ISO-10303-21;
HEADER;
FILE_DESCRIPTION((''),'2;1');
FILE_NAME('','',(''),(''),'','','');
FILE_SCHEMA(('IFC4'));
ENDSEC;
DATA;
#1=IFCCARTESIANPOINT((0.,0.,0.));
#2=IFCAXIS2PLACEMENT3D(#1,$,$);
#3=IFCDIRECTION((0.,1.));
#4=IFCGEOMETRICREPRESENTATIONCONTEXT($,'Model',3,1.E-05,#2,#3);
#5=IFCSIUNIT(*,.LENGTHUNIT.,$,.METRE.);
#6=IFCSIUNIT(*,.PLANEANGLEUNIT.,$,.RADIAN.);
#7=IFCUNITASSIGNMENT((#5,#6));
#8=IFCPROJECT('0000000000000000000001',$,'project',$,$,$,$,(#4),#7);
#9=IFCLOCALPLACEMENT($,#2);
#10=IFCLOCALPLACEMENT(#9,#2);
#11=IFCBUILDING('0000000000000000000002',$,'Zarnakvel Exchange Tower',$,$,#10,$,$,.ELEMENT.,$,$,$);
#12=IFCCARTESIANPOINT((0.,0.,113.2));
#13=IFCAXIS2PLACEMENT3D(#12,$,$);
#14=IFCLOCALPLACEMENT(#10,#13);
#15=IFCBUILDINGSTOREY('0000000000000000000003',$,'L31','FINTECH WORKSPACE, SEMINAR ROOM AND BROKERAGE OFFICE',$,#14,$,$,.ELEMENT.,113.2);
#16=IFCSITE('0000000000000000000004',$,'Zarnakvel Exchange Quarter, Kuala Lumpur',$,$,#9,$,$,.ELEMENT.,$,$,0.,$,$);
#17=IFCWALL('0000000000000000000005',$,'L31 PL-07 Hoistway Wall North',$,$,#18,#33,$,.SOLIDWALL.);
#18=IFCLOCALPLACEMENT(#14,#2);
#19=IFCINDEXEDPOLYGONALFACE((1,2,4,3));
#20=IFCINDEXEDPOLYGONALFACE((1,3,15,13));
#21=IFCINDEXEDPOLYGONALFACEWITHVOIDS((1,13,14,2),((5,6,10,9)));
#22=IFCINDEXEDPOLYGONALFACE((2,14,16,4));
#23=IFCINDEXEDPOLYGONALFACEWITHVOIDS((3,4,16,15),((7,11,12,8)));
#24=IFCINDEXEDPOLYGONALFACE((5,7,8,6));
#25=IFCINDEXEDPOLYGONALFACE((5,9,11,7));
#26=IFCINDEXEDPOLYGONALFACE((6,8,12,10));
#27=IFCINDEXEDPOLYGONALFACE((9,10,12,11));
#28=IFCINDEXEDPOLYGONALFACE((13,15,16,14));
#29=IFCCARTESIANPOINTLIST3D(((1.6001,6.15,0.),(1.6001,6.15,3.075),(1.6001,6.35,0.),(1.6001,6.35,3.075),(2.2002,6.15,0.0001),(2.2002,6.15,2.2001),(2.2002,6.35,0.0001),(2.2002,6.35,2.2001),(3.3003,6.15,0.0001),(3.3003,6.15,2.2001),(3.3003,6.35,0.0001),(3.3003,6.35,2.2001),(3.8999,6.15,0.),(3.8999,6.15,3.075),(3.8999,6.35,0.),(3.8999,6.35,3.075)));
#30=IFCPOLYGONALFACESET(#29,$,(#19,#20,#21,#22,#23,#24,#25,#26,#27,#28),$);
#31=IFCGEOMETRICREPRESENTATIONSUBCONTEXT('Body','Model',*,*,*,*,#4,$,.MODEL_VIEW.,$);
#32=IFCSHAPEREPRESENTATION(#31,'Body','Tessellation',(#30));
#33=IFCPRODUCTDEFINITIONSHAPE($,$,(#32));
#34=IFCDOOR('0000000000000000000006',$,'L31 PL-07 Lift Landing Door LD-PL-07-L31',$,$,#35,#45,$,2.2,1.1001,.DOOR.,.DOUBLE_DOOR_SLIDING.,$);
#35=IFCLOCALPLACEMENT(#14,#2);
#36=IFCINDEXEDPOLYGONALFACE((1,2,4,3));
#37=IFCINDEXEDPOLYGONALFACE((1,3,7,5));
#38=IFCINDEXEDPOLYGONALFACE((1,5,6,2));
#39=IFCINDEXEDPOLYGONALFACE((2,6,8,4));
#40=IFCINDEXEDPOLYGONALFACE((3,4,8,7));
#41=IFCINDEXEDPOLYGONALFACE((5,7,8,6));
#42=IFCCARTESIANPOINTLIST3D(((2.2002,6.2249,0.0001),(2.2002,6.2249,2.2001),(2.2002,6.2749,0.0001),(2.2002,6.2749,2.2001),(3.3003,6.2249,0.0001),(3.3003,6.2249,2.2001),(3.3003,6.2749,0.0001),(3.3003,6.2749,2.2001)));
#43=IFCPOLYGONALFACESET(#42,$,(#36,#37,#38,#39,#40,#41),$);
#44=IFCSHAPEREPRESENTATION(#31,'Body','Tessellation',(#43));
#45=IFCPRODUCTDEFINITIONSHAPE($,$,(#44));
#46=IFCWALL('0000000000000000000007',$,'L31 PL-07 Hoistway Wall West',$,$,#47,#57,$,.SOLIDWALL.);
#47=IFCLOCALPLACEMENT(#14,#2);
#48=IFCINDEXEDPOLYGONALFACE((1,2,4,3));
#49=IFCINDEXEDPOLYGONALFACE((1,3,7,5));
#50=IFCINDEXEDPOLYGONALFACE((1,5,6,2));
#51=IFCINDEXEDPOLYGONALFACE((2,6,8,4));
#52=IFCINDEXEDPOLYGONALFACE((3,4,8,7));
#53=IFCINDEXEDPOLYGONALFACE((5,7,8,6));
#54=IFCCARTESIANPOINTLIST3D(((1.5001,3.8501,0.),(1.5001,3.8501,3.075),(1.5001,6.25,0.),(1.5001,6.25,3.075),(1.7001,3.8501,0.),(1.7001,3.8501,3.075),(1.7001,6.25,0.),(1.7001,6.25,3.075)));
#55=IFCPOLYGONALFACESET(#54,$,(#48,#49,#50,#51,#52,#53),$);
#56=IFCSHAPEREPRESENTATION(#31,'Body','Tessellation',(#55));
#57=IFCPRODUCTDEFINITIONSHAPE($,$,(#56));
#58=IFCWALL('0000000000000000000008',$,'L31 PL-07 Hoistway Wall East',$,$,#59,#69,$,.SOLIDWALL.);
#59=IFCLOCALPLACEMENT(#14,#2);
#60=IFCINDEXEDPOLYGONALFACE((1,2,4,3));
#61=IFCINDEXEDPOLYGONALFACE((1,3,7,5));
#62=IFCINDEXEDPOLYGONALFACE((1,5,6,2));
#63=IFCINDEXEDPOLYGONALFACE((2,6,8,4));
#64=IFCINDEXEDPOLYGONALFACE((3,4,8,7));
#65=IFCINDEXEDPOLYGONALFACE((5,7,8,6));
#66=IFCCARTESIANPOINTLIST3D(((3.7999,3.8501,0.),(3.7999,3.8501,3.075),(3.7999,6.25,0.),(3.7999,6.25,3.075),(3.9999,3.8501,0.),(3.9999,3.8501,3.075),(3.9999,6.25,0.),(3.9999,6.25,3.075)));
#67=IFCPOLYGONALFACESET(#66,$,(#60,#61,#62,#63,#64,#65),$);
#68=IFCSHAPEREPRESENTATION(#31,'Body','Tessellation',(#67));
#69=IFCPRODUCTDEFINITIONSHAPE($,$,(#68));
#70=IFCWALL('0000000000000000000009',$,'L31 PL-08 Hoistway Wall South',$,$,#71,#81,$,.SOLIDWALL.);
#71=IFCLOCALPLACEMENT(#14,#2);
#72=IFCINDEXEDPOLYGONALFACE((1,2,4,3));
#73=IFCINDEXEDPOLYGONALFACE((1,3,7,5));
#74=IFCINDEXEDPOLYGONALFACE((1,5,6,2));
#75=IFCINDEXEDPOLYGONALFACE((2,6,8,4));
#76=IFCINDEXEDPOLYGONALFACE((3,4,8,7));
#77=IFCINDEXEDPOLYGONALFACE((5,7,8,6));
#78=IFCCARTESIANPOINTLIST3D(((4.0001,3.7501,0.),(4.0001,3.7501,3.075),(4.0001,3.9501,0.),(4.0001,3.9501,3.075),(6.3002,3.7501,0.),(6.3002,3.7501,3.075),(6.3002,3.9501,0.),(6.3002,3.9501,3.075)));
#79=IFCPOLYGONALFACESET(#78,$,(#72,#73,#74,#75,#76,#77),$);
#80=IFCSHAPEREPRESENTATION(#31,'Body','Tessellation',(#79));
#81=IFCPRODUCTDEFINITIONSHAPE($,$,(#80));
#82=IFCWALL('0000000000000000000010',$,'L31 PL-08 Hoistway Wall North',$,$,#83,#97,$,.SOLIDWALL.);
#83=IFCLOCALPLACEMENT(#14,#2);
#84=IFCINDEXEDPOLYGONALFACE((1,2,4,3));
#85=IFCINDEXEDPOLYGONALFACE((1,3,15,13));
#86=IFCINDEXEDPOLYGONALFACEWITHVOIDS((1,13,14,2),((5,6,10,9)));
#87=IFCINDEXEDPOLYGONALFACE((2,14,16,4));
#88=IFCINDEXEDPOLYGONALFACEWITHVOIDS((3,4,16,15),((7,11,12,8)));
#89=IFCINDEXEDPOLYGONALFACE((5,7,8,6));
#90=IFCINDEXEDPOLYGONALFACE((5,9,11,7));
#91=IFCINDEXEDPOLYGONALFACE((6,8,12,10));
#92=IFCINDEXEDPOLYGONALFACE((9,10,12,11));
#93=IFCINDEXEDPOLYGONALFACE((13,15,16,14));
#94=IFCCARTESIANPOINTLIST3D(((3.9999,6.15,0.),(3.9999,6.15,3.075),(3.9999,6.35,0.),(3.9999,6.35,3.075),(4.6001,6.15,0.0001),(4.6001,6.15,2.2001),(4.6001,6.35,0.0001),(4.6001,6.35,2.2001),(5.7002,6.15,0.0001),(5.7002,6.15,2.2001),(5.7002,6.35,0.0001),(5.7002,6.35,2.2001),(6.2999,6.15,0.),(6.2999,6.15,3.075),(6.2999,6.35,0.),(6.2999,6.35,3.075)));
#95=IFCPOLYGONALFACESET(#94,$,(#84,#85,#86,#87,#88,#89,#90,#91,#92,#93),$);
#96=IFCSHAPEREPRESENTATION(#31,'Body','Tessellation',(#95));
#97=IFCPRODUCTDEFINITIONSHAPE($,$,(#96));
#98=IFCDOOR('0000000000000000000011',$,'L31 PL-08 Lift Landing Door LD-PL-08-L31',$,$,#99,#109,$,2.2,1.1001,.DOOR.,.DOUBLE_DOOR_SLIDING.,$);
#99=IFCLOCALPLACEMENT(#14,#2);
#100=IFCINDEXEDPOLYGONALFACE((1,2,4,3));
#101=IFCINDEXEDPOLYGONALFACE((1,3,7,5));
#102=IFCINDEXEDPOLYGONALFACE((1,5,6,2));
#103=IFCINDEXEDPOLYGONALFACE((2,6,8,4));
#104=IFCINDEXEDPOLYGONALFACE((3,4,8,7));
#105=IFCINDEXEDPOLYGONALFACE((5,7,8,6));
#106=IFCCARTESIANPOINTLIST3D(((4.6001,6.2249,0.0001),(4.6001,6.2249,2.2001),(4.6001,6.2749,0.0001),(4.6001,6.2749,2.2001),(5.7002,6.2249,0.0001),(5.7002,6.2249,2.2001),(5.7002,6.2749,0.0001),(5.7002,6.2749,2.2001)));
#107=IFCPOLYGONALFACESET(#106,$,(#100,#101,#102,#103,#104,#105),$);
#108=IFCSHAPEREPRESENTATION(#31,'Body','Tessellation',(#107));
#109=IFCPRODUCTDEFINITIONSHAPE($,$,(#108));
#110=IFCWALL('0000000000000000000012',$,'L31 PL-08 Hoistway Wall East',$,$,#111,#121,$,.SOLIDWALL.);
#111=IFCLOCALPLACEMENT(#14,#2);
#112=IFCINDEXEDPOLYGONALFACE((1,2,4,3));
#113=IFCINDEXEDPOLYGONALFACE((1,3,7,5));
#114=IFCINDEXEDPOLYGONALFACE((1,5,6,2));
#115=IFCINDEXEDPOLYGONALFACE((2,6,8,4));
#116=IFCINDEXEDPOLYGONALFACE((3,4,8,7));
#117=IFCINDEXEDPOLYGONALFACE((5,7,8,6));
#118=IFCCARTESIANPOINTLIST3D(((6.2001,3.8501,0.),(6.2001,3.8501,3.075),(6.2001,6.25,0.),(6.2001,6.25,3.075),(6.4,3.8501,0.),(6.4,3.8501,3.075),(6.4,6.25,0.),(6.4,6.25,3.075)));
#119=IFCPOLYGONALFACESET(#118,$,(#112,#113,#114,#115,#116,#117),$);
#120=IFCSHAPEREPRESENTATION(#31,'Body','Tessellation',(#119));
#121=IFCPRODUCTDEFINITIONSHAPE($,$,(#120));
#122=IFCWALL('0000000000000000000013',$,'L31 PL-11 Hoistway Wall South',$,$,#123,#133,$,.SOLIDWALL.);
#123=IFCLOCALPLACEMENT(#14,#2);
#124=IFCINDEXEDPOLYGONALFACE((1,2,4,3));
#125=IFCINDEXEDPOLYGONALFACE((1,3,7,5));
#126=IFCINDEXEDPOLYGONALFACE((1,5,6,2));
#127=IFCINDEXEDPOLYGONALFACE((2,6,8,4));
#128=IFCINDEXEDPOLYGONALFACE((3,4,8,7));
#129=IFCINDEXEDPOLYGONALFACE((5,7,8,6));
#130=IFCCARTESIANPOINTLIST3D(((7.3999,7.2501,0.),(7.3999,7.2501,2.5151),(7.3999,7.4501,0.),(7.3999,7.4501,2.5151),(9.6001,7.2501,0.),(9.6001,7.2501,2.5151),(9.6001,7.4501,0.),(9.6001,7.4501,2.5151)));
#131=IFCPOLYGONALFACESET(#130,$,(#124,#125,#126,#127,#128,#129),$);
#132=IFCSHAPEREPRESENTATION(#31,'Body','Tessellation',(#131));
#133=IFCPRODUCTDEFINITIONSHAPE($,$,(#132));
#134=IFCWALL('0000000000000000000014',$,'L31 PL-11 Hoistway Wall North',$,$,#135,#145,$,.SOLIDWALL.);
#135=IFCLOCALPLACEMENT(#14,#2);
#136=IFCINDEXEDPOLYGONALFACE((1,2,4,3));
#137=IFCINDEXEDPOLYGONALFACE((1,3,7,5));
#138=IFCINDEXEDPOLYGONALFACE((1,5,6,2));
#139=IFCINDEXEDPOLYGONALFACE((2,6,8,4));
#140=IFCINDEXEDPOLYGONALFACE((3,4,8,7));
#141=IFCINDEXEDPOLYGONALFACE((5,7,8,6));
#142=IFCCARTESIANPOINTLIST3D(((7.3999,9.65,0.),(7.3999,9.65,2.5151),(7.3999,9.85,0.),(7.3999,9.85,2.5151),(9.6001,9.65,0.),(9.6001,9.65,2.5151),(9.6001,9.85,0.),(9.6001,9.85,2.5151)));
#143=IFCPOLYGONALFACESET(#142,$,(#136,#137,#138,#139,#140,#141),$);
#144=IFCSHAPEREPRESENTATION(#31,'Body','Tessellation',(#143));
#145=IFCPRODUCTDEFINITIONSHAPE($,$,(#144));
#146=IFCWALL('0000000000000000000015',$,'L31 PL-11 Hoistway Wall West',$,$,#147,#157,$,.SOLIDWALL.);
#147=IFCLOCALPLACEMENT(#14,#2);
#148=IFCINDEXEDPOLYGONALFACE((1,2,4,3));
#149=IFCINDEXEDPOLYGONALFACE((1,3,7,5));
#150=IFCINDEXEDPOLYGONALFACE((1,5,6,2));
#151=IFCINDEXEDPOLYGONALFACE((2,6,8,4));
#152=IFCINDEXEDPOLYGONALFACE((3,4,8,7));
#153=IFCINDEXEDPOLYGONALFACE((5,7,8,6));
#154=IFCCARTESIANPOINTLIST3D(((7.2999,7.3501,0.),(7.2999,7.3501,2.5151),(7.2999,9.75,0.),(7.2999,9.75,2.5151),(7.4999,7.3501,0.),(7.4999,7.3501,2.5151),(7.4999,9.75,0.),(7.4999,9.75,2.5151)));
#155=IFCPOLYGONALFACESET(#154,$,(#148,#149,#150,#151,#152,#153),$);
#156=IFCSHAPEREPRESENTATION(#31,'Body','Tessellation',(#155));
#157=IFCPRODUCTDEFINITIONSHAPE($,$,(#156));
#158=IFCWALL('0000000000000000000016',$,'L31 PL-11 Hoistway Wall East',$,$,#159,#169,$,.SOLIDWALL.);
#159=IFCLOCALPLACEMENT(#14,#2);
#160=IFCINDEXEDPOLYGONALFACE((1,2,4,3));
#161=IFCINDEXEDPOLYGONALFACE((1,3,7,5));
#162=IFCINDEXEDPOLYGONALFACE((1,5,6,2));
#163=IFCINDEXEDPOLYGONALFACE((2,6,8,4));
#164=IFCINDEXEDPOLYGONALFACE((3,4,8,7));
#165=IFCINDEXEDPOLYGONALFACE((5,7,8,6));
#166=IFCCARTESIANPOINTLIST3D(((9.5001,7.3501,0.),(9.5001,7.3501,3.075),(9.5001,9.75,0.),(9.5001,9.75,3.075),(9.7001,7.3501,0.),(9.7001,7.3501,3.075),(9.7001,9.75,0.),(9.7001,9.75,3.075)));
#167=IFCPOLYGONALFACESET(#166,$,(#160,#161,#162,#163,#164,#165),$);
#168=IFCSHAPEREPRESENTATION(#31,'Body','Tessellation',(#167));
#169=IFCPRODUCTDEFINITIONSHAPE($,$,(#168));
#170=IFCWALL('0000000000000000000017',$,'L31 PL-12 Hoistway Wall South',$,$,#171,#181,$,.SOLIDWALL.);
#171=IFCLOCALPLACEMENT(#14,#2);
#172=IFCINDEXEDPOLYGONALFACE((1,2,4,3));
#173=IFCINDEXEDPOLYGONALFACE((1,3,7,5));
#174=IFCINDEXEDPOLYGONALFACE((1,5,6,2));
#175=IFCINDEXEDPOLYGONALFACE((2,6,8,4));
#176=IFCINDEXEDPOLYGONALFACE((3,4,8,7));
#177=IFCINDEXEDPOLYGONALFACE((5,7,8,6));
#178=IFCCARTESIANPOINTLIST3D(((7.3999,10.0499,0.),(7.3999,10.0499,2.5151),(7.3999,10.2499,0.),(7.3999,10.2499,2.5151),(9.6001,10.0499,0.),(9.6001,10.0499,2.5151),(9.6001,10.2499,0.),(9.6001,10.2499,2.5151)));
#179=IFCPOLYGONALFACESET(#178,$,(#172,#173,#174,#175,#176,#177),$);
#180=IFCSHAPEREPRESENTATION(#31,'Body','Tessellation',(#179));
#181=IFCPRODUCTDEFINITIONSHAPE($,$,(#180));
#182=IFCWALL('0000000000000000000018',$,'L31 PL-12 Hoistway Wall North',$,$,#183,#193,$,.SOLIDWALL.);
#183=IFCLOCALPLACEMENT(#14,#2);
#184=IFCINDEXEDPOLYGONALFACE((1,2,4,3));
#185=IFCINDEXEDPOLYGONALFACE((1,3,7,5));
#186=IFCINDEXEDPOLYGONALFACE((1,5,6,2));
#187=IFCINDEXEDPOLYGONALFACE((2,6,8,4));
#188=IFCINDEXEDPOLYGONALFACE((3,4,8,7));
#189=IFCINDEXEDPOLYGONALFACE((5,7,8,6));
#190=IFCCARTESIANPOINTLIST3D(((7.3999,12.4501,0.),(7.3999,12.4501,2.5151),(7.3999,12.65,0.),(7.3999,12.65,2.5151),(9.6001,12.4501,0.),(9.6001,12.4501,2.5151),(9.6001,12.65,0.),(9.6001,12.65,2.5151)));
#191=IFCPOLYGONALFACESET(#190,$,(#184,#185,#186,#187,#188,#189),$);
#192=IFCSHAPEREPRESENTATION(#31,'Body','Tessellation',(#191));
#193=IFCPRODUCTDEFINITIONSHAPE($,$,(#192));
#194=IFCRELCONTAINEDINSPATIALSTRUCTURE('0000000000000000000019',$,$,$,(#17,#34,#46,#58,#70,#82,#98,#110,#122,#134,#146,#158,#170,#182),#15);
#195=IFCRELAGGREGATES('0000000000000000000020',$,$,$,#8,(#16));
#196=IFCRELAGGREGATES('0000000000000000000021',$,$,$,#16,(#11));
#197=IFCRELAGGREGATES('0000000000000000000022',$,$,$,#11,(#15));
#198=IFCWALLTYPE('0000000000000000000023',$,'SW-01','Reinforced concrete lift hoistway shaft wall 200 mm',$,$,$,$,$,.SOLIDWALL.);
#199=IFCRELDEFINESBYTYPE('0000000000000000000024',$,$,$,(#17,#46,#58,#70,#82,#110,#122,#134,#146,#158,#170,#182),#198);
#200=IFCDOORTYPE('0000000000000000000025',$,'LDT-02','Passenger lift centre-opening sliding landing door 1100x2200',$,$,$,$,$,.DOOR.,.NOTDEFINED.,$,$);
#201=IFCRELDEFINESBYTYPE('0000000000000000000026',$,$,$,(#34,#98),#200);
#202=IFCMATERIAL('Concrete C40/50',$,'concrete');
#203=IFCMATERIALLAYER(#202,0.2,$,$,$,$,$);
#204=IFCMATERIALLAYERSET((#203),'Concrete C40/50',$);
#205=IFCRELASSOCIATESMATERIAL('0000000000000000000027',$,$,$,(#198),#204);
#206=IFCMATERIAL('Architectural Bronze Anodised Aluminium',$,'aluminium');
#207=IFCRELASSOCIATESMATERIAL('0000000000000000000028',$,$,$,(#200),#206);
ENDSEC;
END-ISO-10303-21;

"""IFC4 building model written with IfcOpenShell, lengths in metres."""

from ifc_helpers import new_model, si_unit, direction, frame, frame_2d, origin, place, context, subcontext, project, spatial, rectangle, extrude, source, transform, mapped, material, layer, layer_set, type_object, element, fill, save


model = new_model("IFC4")

# Units and contexts
model_context = context("Model", 3, precision=1e-05, world=origin(), true_north=direction((0.0, 1.0)))
body_context = subcontext(model_context, "Body", "Model", "MODEL_VIEW")
ifc_project = project(units=[si_unit("LENGTHUNIT", "METRE"), si_unit("PLANEANGLEUNIT", "RADIAN")], contexts=[model_context])

# Site, building, storey
site_placement = place(None, origin())
site = spatial("IfcSite", under=ifc_project, at=site_placement, Name="Zarnakvel Exchange Quarter, Kuala Lumpur", CompositionType="ELEMENT", RefElevation=0.0)
building_placement = place(site_placement, origin())
building = spatial("IfcBuilding", under=site, at=building_placement, Name="Zarnakvel Exchange Tower", CompositionType="ELEMENT")
storey_placement = place(building_placement, frame((0.0, 0.0, 113.2)))
storey = spatial("IfcBuildingStorey", under=building, at=storey_placement, Name="L31", Description="FINTECH WORKSPACE, SEMINAR ROOM AND BROKERAGE OFFICE", CompositionType="ELEMENT", Elevation=113.2)

# Shared definitions
ifc_material_1 = material(Name="Concrete C40/50", Category="concrete")
ifc_layer_1 = layer(ifc_material_1, 0.2)
ifc_layer_set_1 = layer_set([ifc_layer_1], Name="Concrete C40/50")
wall_type_1 = type_object("IfcWallType", Name="SW-01", Description="Reinforced concrete lift hoistway shaft wall 200 mm", PredefinedType="SOLIDWALL", material=ifc_layer_set_1)

# Wall, opening, door
wall_1_placement = place(storey_placement, frame((1.6001, 6.25, 0.0), z_axis=(0.0, 0.0, 1.0), x_axis=(1.0, 0.0, 0.0)))
wall_1 = element("IfcWall", 1, at=wall_1_placement, inside=storey, type_object=wall_type_1, Name="L31 PL-07 Hoistway Wall North", PredefinedType="SOLIDWALL", context=body_context, shape_type="SweptSolid", body=[
    extrude(rectangle(XDim=2.2998, YDim=0.2, at=frame_2d((1.1499, 0.0))), origin(), (0.0, 0.0, 1.0), 3.075),
])
opening_1_placement = place(wall_1_placement, frame((0.6001, 0.0, 0.0)))
opening_1 = element("IfcOpeningElement", 2, at=opening_1_placement, cuts=wall_1, PredefinedType="OPENING", context=body_context, shape_type="SweptSolid", body=[
    extrude(rectangle(XDim=1.1001, YDim=2.2, at=frame_2d((0.55, 1.1001))), frame((0.0, 0.1099, 0.0), z_axis=(0.0, -1.0, 0.0), x_axis=(1.0, 0.0, 0.0)), (0.0, 0.0, 1.0), 0.22),
])
ifc_material_2 = material(Name="Architectural Bronze Anodised Aluminium", Category="aluminium")
door_type_1 = type_object("IfcDoorType", Name="LDT-02", Description="Passenger lift centre-opening sliding landing door 1100x2200", OperationType="NOTDEFINED", PredefinedType="DOOR", material=ifc_material_2)
shared_shape_1 = source(origin(), body_context, "Body", "SweptSolid", [
    extrude(rectangle(XDim=1.1001, YDim=2.2, at=frame_2d((0.55, 1.1001))), frame((0.0, 0.0249, 0.0), z_axis=(0.0, -1.0, 0.0), x_axis=(1.0, 0.0, 0.0)), (0.0, 0.0, 1.0), 0.05),
])
door_1_placement = place(opening_1_placement, origin())
door_1 = element("IfcDoor", 3, at=door_1_placement, inside=storey, type_object=door_type_1, Name="L31 PL-07 Lift Landing Door LD-PL-07-L31", OperationType="DOUBLE_DOOR_SLIDING", OverallHeight=2.2, OverallWidth=1.1001, PredefinedType="DOOR", context=body_context, shape_type="MappedRepresentation", body=[
    mapped(shared_shape_1, transform((0.0, 0.0, 0.0), x_axis=(1.0, 0.0, 0.0), y_axis=(0.0, 1.0, 0.0), z_axis=(0.0, 0.0, 1.0), scale=1.0)),
])
fill(opening_1, door_1)

# Walls
for number, where, z_axis, x_axis, name in (
    (4, (1.6001, 3.8501, 0.0), (0.0, 0.0, 1.0), (0.0, 1.0, 0.0), "L31 PL-07 Hoistway Wall West"),
    (5, (3.8999, 6.25, 0.0), (0.0, 0.0, 1.0), (0.0, -1.0, 0.0), "L31 PL-07 Hoistway Wall East"),
):
    element("IfcWall", number, at=place(storey_placement, frame(where, z_axis=z_axis, x_axis=x_axis)), inside=storey, type_object=wall_type_1, Name=name, PredefinedType="SOLIDWALL", context=body_context, shape_type="SweptSolid", body=[
        extrude(rectangle(XDim=2.3999, YDim=0.2, at=frame_2d((1.2, 0.0))), origin(), (0.0, 0.0, 1.0), 3.075),
    ])
wall_2_placement = place(storey_placement, frame((6.3, 3.8501, 0.0), z_axis=(0.0, 0.0, 1.0), x_axis=(-1.0, 0.0, 0.0)))
element("IfcWall", 6, at=wall_2_placement, inside=storey, type_object=wall_type_1, Name="L31 PL-08 Hoistway Wall South", PredefinedType="SOLIDWALL", context=body_context, shape_type="SweptSolid", body=[
    extrude(rectangle(XDim=2.3, YDim=0.2, at=frame_2d((1.1499, 0.0))), origin(), (0.0, 0.0, 1.0), 3.075),
])

# Wall, opening, door
wall_3_placement = place(storey_placement, frame((4.0, 6.25, 0.0), z_axis=(0.0, 0.0, 1.0), x_axis=(1.0, 0.0, 0.0)))
wall_3 = element("IfcWall", 7, at=wall_3_placement, inside=storey, type_object=wall_type_1, Name="L31 PL-08 Hoistway Wall North", PredefinedType="SOLIDWALL", context=body_context, shape_type="SweptSolid", body=[
    extrude(rectangle(XDim=2.3, YDim=0.2, at=frame_2d((1.1499, 0.0))), origin(), (0.0, 0.0, 1.0), 3.075),
])
opening_2_placement = place(wall_3_placement, frame((0.6001, 0.0, 0.0)))
opening_2 = element("IfcOpeningElement", 8, at=opening_2_placement, cuts=wall_3, PredefinedType="OPENING", context=body_context, shape_type="SweptSolid", body=[
    extrude(rectangle(XDim=1.1001, YDim=2.2, at=frame_2d((0.55, 1.1001))), frame((0.0, 0.1099, 0.0), z_axis=(0.0, -1.0, 0.0), x_axis=(1.0, 0.0, 0.0)), (0.0, 0.0, 1.0), 0.22),
])
door_2_placement = place(opening_2_placement, origin())
door_2 = element("IfcDoor", 9, at=door_2_placement, inside=storey, type_object=door_type_1, Name="L31 PL-08 Lift Landing Door LD-PL-08-L31", OperationType="DOUBLE_DOOR_SLIDING", OverallHeight=2.2, OverallWidth=1.1001, PredefinedType="DOOR", context=body_context, shape_type="MappedRepresentation", body=[
    mapped(shared_shape_1, transform((0.0, 0.0, 0.0), x_axis=(1.0, 0.0, 0.0), y_axis=(0.0, 1.0, 0.0), z_axis=(0.0, 0.0, 1.0), scale=1.0)),
])
fill(opening_2, door_2)

# Walls
wall_4_placement = place(storey_placement, frame((6.3, 6.25, 0.0), z_axis=(0.0, 0.0, 1.0), x_axis=(0.0, -1.0, 0.0)))
element("IfcWall", 10, at=wall_4_placement, inside=storey, type_object=wall_type_1, Name="L31 PL-08 Hoistway Wall East", PredefinedType="SOLIDWALL", context=body_context, shape_type="SweptSolid", body=[
    extrude(rectangle(XDim=2.3999, YDim=0.2, at=frame_2d((1.2, 0.0))), origin(), (0.0, 0.0, 1.0), 3.075),
])
for number, where, z_axis, x_axis, name in (
    (11, (9.6001, 7.3501, 0.0), (0.0, 0.0, 1.0), (-1.0, 0.0, 0.0), "L31 PL-11 Hoistway Wall South"),
    (12, (7.3999, 9.75, 0.0), (0.0, 0.0, 1.0), (1.0, 0.0, 0.0), "L31 PL-11 Hoistway Wall North"),
):
    element("IfcWall", number, at=place(storey_placement, frame(where, z_axis=z_axis, x_axis=x_axis)), inside=storey, type_object=wall_type_1, Name=name, PredefinedType="SOLIDWALL", context=body_context, shape_type="SweptSolid", body=[
        extrude(rectangle(XDim=2.2002, YDim=0.2, at=frame_2d((1.1001, 0.0))), origin(), (0.0, 0.0, 1.0), 2.5151),
    ])
wall_5_placement = place(storey_placement, frame((7.3999, 7.3501, 0.0), z_axis=(0.0, 0.0, 1.0), x_axis=(0.0, 1.0, 0.0)))
element("IfcWall", 13, at=wall_5_placement, inside=storey, type_object=wall_type_1, Name="L31 PL-11 Hoistway Wall West", PredefinedType="SOLIDWALL", context=body_context, shape_type="SweptSolid", body=[
    extrude(rectangle(XDim=2.3999, YDim=0.2, at=frame_2d((1.2, 0.0))), origin(), (0.0, 0.0, 1.0), 2.5151),
])
wall_6_placement = place(storey_placement, frame((9.6001, 9.75, 0.0), z_axis=(0.0, 0.0, 1.0), x_axis=(0.0, -1.0, 0.0)))
element("IfcWall", 14, at=wall_6_placement, inside=storey, type_object=wall_type_1, Name="L31 PL-11 Hoistway Wall East", PredefinedType="SOLIDWALL", context=body_context, shape_type="SweptSolid", body=[
    extrude(rectangle(XDim=2.3999, YDim=0.2, at=frame_2d((1.2, 0.0))), origin(), (0.0, 0.0, 1.0), 3.075),
])
for number, where, z_axis, x_axis, name in (
    (15, (9.6001, 10.1499, 0.0), (0.0, 0.0, 1.0), (-1.0, 0.0, 0.0), "L31 PL-12 Hoistway Wall South"),
    (16, (7.3999, 12.55, 0.0), (0.0, 0.0, 1.0), (1.0, 0.0, 0.0), "L31 PL-12 Hoistway Wall North"),
):
    element("IfcWall", number, at=place(storey_placement, frame(where, z_axis=z_axis, x_axis=x_axis)), inside=storey, type_object=wall_type_1, Name=name, PredefinedType="SOLIDWALL", context=body_context, shape_type="SweptSolid", body=[
        extrude(rectangle(XDim=2.2002, YDim=0.2, at=frame_2d((1.1001, 0.0))), origin(), (0.0, 0.0, 1.0), 2.5151),
    ])

save(model, "model.ifc")
